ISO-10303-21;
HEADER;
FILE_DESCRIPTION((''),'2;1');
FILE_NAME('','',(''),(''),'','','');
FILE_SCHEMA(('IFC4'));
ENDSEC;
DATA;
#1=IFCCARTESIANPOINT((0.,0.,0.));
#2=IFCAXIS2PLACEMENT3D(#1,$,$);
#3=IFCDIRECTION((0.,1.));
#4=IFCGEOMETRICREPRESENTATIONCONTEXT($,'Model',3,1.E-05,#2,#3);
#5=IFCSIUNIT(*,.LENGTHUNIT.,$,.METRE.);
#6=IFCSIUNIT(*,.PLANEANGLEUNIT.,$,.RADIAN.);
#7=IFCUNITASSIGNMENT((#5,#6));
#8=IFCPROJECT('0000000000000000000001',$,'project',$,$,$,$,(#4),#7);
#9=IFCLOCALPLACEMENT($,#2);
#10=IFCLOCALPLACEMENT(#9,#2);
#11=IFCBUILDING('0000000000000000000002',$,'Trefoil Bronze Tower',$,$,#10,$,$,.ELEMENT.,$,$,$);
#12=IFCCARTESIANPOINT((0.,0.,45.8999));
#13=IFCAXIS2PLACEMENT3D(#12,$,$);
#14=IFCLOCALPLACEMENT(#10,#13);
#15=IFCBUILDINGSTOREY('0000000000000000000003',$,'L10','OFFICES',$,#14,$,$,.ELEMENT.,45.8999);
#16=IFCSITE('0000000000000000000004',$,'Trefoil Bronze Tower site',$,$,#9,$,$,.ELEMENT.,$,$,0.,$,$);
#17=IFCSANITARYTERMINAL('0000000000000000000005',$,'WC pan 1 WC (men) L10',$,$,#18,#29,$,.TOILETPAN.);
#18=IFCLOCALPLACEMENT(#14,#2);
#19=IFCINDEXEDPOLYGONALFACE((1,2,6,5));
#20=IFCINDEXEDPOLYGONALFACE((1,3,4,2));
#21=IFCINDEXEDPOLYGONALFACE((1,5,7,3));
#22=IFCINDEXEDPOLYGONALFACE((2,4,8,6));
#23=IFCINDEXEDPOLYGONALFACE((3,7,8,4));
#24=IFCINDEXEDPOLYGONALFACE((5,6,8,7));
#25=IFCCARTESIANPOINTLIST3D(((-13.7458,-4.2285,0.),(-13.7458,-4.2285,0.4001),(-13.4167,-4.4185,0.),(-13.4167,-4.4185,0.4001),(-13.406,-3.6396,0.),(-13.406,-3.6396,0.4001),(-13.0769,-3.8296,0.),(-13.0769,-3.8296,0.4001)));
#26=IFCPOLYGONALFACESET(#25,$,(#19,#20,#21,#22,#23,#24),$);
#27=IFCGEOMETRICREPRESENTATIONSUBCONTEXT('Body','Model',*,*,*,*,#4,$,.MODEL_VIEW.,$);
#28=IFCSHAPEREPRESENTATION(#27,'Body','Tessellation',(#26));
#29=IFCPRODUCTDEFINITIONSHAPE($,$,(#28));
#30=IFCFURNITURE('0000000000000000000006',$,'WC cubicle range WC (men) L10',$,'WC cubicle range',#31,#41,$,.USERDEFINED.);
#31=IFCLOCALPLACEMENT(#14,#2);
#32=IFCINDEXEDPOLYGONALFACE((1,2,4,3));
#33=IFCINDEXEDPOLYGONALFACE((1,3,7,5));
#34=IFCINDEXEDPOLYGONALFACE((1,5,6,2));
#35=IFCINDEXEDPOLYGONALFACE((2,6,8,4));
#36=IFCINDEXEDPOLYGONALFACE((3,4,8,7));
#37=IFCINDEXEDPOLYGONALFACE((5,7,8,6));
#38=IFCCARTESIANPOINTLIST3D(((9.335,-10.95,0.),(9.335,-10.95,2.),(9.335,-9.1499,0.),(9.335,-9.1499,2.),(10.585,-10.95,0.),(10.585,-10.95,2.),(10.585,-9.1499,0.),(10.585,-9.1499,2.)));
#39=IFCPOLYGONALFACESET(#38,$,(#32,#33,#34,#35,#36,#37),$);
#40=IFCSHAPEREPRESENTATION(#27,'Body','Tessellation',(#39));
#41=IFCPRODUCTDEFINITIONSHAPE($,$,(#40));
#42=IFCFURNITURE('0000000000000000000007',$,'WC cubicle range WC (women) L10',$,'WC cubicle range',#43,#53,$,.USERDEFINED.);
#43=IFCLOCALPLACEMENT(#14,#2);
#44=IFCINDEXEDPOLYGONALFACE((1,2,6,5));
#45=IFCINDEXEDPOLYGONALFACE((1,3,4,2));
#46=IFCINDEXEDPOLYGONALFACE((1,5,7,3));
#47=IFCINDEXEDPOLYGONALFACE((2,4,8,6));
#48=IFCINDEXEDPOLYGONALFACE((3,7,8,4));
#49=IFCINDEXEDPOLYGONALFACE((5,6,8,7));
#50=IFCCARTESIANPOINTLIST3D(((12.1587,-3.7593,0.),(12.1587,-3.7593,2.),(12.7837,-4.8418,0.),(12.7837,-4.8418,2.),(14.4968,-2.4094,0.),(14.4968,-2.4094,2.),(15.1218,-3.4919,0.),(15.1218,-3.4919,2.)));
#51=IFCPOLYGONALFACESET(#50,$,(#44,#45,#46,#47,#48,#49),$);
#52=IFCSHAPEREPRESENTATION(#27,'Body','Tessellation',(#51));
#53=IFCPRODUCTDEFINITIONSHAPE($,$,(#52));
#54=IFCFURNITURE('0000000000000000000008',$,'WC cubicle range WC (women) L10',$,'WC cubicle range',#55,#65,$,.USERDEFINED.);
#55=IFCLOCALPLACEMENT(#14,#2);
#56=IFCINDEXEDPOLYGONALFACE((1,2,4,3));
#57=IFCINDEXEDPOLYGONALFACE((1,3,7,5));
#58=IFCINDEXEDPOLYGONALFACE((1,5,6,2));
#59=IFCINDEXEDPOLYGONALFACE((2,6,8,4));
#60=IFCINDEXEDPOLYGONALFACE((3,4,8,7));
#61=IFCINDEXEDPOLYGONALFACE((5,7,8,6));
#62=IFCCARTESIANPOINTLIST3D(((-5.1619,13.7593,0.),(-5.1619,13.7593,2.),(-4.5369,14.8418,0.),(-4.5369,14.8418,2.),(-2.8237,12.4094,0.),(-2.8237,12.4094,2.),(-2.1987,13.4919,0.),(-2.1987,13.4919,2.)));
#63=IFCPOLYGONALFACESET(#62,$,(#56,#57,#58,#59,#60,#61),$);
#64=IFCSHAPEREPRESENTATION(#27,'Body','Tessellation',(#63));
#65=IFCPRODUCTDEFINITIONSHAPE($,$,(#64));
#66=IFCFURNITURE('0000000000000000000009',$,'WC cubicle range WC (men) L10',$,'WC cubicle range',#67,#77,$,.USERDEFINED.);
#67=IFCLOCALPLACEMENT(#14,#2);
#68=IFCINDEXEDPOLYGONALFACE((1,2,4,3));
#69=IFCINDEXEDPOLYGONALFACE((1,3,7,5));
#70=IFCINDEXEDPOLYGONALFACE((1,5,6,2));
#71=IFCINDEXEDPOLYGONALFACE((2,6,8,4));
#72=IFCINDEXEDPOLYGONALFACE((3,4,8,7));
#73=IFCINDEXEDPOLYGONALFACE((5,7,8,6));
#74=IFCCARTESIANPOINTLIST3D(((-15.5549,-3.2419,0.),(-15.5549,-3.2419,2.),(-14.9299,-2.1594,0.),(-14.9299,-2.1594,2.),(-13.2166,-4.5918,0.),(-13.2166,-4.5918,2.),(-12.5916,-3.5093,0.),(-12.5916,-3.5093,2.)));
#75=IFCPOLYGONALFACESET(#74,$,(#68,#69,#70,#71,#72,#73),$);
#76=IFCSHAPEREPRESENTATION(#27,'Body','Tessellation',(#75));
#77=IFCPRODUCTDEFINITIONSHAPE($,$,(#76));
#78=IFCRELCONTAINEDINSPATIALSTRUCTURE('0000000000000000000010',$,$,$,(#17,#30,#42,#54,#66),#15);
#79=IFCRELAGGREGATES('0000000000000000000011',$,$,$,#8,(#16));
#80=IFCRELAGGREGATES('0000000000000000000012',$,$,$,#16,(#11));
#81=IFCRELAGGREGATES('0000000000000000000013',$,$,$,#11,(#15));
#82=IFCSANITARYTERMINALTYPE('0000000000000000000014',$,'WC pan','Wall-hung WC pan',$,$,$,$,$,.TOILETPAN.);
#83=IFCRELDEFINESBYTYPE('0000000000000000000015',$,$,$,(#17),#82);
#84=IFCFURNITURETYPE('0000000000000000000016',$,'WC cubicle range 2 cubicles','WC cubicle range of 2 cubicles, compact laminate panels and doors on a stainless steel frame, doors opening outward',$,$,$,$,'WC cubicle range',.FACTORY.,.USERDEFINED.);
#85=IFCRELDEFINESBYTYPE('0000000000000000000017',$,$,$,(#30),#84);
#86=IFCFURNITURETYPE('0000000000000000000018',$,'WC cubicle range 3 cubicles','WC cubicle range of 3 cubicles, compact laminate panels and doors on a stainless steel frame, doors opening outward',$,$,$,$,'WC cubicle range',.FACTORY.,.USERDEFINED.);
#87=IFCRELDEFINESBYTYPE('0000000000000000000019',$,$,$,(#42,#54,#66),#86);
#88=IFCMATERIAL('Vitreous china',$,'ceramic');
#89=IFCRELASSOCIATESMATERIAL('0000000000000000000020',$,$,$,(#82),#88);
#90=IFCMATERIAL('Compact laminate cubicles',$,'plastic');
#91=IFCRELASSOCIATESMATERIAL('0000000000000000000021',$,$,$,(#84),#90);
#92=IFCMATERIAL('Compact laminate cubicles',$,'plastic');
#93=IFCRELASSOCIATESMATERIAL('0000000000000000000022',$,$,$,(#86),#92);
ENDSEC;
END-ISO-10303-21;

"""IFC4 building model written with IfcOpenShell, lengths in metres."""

from ifc_helpers import new_model, si_unit, direction, frame, origin, place, context, subcontext, project, spatial, polyline, outline, extrude, material, type_object, element, save


model = new_model("IFC4")

# Units and contexts
model_context = context("Model", 3, precision=1e-05, world=origin(), true_north=direction((0.0, 1.0)))
body_context = subcontext(model_context, "Body", "Model", "MODEL_VIEW")
ifc_project = project(units=[si_unit("LENGTHUNIT", "METRE"), si_unit("PLANEANGLEUNIT", "RADIAN")], contexts=[model_context])

# Site, building, storey
site_placement = place(None, origin())
site = spatial("IfcSite", under=ifc_project, at=site_placement, Name="Trefoil Bronze Tower site", CompositionType="ELEMENT", RefElevation=0.0)
building_placement = place(site_placement, origin())
building = spatial("IfcBuilding", under=site, at=building_placement, Name="Trefoil Bronze Tower", CompositionType="ELEMENT")
storey_placement = place(building_placement, frame((0.0, 0.0, 45.8999)))
storey = spatial("IfcBuildingStorey", under=building, at=storey_placement, Name="L10", Description="OFFICES", CompositionType="ELEMENT", Elevation=45.8999)

# Sanitary terminal
ifc_material_1 = material(Name="Vitreous china", Category="ceramic")
sanitary_terminal_type_1 = type_object("IfcSanitaryTerminalType", Name="WC pan", Description="Wall-hung WC pan", PredefinedType="TOILETPAN", material=ifc_material_1)
sanitary_terminal_1_placement = place(storey_placement, origin())
element("IfcSanitaryTerminal", 1, at=sanitary_terminal_1_placement, inside=storey, type_object=sanitary_terminal_type_1, Name="WC pan 1 WC (men) L10", PredefinedType="TOILETPAN", context=body_context, shape_type="SweptSolid", body=[
    extrude(outline(polyline([(-13.0769, -3.8296), (-13.4167, -4.4185), (-13.7458, -4.2285), (-13.406, -3.6396), (-13.0769, -3.8296)])), origin(), (0.0, 0.0, 1.0), 0.4001),
])

# Furniture
ifc_material_2 = material(Name="Compact laminate cubicles", Category="plastic")
furniture_type_1 = type_object("IfcFurnitureType", Name="WC cubicle range 2 cubicles", Description="WC cubicle range of 2 cubicles, compact laminate panels and doors on a stainless steel frame, doors opening outward", ElementType="WC cubicle range", AssemblyPlace="FACTORY", PredefinedType="USERDEFINED", material=ifc_material_2)
furniture_1_placement = place(storey_placement, origin())
element("IfcFurniture", 2, at=furniture_1_placement, inside=storey, type_object=furniture_type_1, Name="WC cubicle range WC (men) L10", ObjectType="WC cubicle range", PredefinedType="USERDEFINED", context=body_context, shape_type="SweptSolid", body=[
    extrude(outline(polyline([(9.335, -9.1499), (10.585, -9.1499), (10.585, -10.95), (9.335, -10.95), (9.335, -9.1499)])), origin(), (0.0, 0.0, 1.0), 2.0),
])
ifc_material_3 = material(Name="Compact laminate cubicles", Category="plastic")
furniture_type_2 = type_object("IfcFurnitureType", Name="WC cubicle range 3 cubicles", Description="WC cubicle range of 3 cubicles, compact laminate panels and doors on a stainless steel frame, doors opening outward", ElementType="WC cubicle range", AssemblyPlace="FACTORY", PredefinedType="USERDEFINED", material=ifc_material_3)
furniture_2_placement = place(storey_placement, origin())
element("IfcFurniture", 3, at=furniture_2_placement, inside=storey, type_object=furniture_type_2, Name="WC cubicle range WC (women) L10", ObjectType="WC cubicle range", PredefinedType="USERDEFINED", context=body_context, shape_type="SweptSolid", body=[
    extrude(outline(polyline([(12.1587, -3.7593), (12.7837, -4.8418), (15.1218, -3.4919), (14.4968, -2.4094), (12.1587, -3.7593)])), origin(), (0.0, 0.0, 1.0), 2.0),
])
furniture_3_placement = place(storey_placement, origin())
element("IfcFurniture", 4, at=furniture_3_placement, inside=storey, type_object=furniture_type_2, Name="WC cubicle range WC (women) L10", ObjectType="WC cubicle range", PredefinedType="USERDEFINED", context=body_context, shape_type="SweptSolid", body=[
    extrude(outline(polyline([(-2.8237, 12.4094), (-2.1987, 13.4919), (-4.5369, 14.8418), (-5.1619, 13.7593), (-2.8237, 12.4094)])), origin(), (0.0, 0.0, 1.0), 2.0),
])
furniture_4_placement = place(storey_placement, origin())
element("IfcFurniture", 5, at=furniture_4_placement, inside=storey, type_object=furniture_type_2, Name="WC cubicle range WC (men) L10", ObjectType="WC cubicle range", PredefinedType="USERDEFINED", context=body_context, shape_type="SweptSolid", body=[
    extrude(outline(polyline([(-12.5916, -3.5093), (-13.2166, -4.5918), (-15.5549, -3.2419), (-14.9299, -2.1594), (-12.5916, -3.5093)])), origin(), (0.0, 0.0, 1.0), 2.0),
])

save(model, "model.ifc")
